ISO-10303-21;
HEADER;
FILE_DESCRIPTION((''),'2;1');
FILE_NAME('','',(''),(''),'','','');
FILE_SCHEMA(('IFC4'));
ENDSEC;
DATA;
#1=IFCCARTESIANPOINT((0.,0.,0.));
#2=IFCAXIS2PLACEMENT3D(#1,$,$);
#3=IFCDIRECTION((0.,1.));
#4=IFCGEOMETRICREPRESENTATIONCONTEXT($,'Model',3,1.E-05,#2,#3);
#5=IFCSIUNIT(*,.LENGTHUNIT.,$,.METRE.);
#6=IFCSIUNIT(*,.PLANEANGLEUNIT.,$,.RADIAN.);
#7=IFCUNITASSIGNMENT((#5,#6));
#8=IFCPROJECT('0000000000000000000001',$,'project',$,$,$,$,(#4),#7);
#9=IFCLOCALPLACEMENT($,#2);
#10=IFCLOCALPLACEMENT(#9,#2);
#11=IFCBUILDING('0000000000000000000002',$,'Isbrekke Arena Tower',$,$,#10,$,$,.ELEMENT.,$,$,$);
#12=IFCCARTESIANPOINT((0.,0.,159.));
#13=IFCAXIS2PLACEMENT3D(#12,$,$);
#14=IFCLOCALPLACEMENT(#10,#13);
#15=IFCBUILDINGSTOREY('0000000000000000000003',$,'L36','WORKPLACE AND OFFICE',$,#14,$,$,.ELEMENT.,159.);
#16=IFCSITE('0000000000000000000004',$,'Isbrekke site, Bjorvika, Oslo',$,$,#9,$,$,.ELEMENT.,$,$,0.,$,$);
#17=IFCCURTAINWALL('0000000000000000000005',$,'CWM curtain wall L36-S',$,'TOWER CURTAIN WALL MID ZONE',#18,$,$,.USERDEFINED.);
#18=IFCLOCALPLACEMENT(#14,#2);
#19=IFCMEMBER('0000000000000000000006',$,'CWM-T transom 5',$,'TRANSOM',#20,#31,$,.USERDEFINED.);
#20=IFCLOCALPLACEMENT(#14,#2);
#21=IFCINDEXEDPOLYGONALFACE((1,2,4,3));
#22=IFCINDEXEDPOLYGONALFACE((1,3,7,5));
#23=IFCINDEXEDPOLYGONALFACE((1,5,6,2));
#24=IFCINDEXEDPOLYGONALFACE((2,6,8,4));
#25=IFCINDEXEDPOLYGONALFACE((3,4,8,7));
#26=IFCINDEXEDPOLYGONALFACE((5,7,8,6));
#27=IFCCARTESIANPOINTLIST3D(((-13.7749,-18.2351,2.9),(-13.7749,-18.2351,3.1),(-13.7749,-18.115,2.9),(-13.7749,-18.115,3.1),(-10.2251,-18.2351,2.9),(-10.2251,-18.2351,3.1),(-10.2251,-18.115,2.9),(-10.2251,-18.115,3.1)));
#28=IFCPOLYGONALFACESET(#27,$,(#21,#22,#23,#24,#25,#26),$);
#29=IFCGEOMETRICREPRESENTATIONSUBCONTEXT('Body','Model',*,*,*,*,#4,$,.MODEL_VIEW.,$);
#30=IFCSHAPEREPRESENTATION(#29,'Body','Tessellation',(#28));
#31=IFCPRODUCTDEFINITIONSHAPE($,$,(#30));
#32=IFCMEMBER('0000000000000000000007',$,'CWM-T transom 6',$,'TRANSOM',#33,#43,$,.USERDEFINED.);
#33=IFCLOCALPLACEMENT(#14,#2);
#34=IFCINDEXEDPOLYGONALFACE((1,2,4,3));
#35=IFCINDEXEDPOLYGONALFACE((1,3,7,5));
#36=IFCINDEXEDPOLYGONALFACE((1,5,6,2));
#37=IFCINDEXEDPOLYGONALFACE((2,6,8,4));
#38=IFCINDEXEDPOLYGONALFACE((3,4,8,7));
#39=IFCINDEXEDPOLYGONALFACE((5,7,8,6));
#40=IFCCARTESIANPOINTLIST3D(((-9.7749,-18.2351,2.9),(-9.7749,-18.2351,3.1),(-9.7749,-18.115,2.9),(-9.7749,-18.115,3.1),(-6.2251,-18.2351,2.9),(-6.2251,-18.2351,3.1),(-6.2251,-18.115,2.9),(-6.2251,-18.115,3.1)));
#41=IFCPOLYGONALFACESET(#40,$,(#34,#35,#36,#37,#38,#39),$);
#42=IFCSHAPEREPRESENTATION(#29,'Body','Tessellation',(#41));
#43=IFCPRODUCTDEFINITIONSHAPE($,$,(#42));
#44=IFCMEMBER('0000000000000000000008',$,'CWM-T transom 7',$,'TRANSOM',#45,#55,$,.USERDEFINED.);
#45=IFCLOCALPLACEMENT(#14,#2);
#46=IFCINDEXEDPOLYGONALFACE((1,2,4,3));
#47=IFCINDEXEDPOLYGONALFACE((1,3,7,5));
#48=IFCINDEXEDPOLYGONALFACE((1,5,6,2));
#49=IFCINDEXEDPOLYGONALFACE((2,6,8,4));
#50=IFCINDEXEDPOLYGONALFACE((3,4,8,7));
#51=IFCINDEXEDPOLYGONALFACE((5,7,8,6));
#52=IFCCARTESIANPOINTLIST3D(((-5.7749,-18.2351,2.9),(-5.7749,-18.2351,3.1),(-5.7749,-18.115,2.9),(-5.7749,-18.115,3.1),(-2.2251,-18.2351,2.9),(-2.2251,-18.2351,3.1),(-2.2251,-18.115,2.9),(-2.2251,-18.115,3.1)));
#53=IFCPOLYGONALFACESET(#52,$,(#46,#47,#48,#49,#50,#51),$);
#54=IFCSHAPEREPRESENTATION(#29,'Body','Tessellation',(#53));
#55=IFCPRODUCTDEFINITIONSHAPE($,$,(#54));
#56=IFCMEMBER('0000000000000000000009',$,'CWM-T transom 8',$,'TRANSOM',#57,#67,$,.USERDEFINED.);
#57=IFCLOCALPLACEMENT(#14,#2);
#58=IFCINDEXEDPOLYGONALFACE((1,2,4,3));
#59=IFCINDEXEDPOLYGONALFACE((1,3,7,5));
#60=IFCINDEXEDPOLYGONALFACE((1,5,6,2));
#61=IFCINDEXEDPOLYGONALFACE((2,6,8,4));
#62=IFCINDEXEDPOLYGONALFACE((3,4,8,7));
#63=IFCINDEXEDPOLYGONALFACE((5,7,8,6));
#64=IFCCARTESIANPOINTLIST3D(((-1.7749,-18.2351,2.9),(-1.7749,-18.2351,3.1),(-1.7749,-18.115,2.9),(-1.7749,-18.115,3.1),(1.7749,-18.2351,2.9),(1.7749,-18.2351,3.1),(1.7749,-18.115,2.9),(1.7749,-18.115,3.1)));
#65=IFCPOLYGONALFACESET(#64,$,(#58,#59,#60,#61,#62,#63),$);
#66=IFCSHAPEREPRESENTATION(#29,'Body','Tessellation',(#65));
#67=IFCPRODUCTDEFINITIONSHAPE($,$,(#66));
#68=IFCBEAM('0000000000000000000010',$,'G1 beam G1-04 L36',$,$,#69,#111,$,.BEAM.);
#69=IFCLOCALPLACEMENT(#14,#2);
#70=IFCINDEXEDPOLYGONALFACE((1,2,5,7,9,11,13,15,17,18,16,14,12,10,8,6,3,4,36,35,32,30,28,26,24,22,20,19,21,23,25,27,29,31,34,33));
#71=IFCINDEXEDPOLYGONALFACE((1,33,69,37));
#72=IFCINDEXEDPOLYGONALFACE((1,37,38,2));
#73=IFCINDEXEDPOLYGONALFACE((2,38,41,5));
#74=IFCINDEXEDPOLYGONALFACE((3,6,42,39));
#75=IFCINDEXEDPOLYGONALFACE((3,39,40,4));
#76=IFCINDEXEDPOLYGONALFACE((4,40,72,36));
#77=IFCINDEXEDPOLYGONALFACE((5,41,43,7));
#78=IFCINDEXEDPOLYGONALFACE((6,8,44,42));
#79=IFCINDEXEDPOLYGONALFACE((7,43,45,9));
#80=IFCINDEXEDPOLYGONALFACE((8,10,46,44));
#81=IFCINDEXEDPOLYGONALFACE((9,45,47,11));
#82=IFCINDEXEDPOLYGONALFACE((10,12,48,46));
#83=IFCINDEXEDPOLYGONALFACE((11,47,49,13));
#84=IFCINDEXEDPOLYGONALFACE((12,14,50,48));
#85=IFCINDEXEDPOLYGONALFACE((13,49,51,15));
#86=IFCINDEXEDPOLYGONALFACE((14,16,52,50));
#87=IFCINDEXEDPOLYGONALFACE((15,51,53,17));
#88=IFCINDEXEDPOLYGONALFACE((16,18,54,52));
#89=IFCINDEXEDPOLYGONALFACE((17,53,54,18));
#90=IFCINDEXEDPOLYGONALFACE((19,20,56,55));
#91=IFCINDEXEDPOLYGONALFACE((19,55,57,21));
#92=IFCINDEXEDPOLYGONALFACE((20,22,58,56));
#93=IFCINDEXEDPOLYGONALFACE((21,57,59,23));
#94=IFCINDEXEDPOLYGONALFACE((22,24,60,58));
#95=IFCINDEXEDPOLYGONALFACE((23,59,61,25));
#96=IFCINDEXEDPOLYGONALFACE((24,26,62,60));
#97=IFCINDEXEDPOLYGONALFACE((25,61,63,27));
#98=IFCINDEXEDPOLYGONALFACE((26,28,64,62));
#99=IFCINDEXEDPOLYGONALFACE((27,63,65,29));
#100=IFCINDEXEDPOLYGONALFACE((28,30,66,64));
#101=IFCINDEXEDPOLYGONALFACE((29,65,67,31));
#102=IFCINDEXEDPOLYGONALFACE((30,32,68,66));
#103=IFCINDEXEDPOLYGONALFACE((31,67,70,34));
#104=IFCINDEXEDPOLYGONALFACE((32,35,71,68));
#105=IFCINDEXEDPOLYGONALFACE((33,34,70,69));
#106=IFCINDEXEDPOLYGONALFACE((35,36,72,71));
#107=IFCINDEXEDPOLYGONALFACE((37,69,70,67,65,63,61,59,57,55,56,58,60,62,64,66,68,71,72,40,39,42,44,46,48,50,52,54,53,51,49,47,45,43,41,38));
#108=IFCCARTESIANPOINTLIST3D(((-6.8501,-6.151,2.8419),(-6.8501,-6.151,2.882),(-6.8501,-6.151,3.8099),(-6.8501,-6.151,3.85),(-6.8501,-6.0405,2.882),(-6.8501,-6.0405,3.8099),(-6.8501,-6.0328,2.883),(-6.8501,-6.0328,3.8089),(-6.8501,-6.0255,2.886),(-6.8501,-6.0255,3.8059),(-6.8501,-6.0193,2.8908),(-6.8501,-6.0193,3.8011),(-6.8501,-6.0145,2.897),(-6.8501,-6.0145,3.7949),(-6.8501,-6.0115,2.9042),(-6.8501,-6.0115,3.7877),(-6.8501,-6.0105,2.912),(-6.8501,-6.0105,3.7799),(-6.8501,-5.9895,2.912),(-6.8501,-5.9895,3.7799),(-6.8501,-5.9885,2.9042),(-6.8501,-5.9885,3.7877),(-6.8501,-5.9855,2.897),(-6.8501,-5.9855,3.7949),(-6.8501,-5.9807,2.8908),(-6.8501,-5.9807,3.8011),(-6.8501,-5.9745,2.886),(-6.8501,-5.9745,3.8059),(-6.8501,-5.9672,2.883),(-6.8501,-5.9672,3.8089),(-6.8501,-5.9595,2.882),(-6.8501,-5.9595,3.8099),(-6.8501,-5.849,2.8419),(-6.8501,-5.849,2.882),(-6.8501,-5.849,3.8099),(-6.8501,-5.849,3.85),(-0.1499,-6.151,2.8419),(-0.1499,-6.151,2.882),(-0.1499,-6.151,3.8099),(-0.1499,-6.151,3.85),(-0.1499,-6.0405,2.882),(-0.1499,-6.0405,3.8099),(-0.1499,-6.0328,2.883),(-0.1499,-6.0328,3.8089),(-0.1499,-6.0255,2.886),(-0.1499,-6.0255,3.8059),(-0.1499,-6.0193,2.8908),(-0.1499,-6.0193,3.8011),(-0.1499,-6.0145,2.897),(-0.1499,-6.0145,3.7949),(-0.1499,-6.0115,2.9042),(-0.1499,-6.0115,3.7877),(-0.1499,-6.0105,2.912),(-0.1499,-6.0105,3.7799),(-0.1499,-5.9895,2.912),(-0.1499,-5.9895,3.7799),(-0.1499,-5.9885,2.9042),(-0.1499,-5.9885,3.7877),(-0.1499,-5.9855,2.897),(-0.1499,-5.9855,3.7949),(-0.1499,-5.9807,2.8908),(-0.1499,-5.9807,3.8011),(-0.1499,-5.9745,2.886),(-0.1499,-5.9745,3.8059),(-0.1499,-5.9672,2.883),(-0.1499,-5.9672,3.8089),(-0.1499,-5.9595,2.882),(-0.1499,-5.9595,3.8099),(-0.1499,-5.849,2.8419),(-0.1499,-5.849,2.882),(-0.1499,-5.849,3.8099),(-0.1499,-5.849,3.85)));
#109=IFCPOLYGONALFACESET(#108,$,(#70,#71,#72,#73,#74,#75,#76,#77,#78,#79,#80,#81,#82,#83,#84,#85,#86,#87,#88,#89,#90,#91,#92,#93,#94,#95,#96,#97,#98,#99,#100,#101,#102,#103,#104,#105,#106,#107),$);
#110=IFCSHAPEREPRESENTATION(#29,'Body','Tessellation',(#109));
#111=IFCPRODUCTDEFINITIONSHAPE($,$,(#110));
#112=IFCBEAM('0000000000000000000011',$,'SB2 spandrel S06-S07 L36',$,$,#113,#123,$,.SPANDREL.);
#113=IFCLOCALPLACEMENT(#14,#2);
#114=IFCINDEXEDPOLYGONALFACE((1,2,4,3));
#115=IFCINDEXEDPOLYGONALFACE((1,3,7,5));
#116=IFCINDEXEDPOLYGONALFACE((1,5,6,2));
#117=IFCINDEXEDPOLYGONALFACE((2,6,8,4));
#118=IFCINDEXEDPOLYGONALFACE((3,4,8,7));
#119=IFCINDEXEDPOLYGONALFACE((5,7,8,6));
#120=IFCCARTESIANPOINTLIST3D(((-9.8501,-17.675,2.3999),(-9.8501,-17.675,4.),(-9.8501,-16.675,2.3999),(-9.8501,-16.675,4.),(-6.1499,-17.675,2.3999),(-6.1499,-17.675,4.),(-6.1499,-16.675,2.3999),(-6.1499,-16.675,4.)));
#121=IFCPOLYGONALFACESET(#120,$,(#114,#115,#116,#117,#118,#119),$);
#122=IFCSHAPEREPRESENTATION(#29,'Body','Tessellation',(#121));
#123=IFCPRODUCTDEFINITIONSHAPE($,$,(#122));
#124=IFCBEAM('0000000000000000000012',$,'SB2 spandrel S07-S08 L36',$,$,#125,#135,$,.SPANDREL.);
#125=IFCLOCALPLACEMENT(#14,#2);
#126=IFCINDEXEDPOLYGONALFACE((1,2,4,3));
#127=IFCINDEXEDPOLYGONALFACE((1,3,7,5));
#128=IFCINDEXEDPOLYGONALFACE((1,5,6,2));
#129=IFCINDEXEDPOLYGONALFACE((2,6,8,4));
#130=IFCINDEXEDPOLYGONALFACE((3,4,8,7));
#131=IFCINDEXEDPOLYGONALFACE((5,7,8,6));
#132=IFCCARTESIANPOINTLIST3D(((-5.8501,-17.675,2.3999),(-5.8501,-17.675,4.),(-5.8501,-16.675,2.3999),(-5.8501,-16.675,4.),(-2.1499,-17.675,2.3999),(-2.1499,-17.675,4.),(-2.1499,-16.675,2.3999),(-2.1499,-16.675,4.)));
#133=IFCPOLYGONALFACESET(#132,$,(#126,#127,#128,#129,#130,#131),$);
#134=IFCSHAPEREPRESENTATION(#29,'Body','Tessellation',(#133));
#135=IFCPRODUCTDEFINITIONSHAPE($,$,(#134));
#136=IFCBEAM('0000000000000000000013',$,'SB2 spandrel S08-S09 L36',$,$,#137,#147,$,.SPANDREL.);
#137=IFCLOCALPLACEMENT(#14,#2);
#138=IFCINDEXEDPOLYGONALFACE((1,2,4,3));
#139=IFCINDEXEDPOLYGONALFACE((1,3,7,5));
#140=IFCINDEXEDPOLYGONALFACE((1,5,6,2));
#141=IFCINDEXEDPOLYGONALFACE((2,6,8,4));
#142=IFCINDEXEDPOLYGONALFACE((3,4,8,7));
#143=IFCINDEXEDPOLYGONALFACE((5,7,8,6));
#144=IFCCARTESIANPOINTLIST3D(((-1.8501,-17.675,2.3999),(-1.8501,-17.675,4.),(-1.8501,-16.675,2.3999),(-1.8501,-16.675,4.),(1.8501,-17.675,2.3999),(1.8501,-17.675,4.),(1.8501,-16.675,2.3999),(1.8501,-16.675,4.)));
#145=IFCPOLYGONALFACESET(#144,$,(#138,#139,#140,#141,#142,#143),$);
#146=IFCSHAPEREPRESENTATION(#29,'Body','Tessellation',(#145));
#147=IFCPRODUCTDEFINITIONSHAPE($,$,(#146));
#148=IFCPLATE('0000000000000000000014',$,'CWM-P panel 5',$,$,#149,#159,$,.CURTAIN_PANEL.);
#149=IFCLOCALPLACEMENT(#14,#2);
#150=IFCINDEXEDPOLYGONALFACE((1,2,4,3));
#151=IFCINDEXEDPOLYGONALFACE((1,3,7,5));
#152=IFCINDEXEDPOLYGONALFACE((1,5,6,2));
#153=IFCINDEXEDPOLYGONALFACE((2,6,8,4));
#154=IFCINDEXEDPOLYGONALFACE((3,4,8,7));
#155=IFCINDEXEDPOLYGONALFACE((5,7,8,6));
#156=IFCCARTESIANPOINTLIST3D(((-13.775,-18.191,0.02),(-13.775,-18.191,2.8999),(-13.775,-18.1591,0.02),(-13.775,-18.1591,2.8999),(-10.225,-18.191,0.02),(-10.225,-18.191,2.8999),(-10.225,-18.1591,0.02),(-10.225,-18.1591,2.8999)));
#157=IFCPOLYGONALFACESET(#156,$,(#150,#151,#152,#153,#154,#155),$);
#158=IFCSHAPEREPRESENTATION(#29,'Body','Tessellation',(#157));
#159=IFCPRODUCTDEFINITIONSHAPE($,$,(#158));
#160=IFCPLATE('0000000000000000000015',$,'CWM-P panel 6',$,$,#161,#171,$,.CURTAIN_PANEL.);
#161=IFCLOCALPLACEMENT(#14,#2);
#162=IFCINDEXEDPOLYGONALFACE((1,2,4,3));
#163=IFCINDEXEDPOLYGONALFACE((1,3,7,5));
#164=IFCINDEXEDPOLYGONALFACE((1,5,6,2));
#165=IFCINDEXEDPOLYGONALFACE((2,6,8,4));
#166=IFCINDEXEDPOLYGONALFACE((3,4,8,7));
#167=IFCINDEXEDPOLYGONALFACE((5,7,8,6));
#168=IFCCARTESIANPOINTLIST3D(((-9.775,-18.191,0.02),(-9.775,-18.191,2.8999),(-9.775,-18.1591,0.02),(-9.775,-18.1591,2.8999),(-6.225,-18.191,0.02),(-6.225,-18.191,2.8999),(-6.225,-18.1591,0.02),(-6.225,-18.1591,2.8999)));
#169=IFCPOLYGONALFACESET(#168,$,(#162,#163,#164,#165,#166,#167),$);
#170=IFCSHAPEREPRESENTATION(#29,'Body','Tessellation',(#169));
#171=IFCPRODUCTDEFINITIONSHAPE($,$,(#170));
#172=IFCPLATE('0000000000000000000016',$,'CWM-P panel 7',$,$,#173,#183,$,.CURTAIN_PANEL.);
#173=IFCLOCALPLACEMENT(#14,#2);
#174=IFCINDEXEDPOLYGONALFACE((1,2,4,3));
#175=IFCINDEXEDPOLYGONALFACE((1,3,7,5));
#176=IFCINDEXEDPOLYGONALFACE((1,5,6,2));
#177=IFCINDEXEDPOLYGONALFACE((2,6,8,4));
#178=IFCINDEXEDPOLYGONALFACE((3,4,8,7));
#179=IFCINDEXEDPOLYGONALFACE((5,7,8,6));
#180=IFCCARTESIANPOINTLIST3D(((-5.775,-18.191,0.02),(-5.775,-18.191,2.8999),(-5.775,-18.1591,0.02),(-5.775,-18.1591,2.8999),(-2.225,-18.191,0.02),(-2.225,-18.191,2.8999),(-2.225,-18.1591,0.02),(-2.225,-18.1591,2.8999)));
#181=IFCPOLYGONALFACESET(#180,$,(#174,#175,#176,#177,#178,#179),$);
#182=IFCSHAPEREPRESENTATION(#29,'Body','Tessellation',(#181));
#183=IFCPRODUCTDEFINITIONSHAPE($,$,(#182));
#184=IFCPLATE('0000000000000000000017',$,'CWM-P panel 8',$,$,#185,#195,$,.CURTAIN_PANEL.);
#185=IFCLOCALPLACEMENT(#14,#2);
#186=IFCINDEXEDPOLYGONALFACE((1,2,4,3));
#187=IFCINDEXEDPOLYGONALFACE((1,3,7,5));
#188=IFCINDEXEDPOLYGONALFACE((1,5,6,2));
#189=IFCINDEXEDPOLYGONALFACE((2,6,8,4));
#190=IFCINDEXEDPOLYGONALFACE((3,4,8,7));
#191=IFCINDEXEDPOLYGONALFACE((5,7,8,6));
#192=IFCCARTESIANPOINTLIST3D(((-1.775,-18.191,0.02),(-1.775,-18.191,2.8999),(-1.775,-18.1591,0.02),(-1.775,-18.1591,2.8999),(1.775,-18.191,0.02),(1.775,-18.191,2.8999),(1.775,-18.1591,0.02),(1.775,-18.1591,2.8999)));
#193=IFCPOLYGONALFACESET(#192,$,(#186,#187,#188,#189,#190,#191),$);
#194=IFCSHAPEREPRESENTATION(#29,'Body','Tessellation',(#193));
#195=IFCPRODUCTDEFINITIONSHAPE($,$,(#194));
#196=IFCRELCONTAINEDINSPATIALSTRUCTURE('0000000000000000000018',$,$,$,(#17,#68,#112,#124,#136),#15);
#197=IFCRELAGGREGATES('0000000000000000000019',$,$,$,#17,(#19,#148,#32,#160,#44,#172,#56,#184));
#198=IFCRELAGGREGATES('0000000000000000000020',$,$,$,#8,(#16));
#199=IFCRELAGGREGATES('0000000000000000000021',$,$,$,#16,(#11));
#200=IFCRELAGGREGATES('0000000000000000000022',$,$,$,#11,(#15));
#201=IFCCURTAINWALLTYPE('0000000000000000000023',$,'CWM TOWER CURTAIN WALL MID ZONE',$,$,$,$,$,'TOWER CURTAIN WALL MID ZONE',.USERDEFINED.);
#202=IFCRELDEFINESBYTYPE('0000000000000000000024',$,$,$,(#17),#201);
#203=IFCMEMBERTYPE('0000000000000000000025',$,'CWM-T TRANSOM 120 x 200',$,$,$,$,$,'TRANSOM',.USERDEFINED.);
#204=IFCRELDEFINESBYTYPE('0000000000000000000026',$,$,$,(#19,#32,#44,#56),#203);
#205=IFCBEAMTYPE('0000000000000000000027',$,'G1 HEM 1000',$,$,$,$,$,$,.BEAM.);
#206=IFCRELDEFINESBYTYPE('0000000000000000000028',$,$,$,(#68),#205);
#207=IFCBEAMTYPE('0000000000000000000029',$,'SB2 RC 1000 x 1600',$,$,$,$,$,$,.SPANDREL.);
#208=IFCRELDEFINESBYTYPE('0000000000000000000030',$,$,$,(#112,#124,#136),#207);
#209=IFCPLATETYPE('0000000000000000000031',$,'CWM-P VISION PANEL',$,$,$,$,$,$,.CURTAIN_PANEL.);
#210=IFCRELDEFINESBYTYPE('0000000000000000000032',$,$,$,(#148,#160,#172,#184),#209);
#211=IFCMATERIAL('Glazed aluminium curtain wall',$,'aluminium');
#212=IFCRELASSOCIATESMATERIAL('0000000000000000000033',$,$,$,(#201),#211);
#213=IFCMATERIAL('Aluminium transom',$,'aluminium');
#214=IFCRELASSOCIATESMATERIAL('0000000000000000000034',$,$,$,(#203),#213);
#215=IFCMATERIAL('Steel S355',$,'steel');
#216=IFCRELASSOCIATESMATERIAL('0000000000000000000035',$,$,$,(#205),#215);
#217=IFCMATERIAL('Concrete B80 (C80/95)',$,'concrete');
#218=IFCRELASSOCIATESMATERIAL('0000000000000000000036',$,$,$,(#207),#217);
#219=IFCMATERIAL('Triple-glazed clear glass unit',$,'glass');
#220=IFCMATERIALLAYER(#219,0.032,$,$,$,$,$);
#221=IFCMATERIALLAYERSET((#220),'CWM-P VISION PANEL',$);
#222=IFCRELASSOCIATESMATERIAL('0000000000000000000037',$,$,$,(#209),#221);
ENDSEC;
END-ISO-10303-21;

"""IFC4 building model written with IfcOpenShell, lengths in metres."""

from ifc_helpers import new_model, si_unit, direction, frame, origin, origin_2d, place, context, subcontext, project, spatial, rectangle, i_section, extrude, material, layer, layer_set, material_profile, profile_set, type_object, element, aggregate, save


model = new_model("IFC4")

# Units and contexts
model_context = context("Model", 3, precision=1e-05, world=origin(), true_north=direction((0.0, 1.0)))
body_context = subcontext(model_context, "Body", "Model", "MODEL_VIEW")
ifc_project = project(units=[si_unit("LENGTHUNIT", "METRE"), si_unit("PLANEANGLEUNIT", "RADIAN")], contexts=[model_context])

# Site, building, storey
site_placement = place(None, origin())
site = spatial("IfcSite", under=ifc_project, at=site_placement, Name="Isbrekke site, Bjorvika, Oslo", CompositionType="ELEMENT", RefElevation=0.0)
building_placement = place(site_placement, origin())
building = spatial("IfcBuilding", under=site, at=building_placement, Name="Isbrekke Arena Tower", CompositionType="ELEMENT")
storey_placement = place(building_placement, frame((0.0, 0.0, 159.0)))
storey = spatial("IfcBuildingStorey", under=building, at=storey_placement, Name="L36", Description="WORKPLACE AND OFFICE", CompositionType="ELEMENT", Elevation=159.0)

# Curtain wall, members
ifc_material_1 = material(Name="Glazed aluminium curtain wall", Category="aluminium")
curtain_wall_type = type_object("IfcCurtainWallType", Name="CWM TOWER CURTAIN WALL MID ZONE", ElementType="TOWER CURTAIN WALL MID ZONE", PredefinedType="USERDEFINED", material=ifc_material_1)
curtain_wall_placement = place(storey_placement, origin())
curtain_wall = element("IfcCurtainWall", 1, at=curtain_wall_placement, inside=storey, type_object=curtain_wall_type, Name="CWM curtain wall L36-S", ObjectType="TOWER CURTAIN WALL MID ZONE", PredefinedType="USERDEFINED")
ifc_material_2 = material(Name="Aluminium transom", Category="aluminium")
ifc_material_profile_1 = material_profile(ifc_material_2, rectangle(XDim=0.1201, YDim=0.2, at=origin_2d()), Name="TRANSOM 120X200")
ifc_profile_set_1 = profile_set([ifc_material_profile_1], Name="Aluminium transom")
member_type_1 = type_object("IfcMemberType", Name="CWM-T TRANSOM 120 x 200", ElementType="TRANSOM", PredefinedType="USERDEFINED", material=ifc_profile_set_1)
member_1_placement = place(storey_placement, frame((-13.7749, -18.175, 3.0), z_axis=(1.0, 0.0, 0.0), x_axis=(0.0, 1.0, 0.0)))
member_1 = element("IfcMember", 2, at=member_1_placement, type_object=member_type_1, Name="CWM-T transom 5", ObjectType="TRANSOM", PredefinedType="USERDEFINED", context=body_context, shape_type="SweptSolid", body=[
    extrude(rectangle(XDim=0.1201, YDim=0.2, at=origin_2d()), origin(), (0.0, 0.0, 1.0), 3.5498),
])
member_2_placement = place(storey_placement, frame((-9.7749, -18.175, 3.0), z_axis=(1.0, 0.0, 0.0), x_axis=(0.0, 1.0, 0.0)))
member_2 = element("IfcMember", 3, at=member_2_placement, type_object=member_type_1, Name="CWM-T transom 6", ObjectType="TRANSOM", PredefinedType="USERDEFINED", context=body_context, shape_type="SweptSolid", body=[
    extrude(rectangle(XDim=0.1201, YDim=0.2, at=origin_2d()), origin(), (0.0, 0.0, 1.0), 3.5498),
])
member_3_placement = place(storey_placement, frame((-5.7749, -18.175, 3.0), z_axis=(1.0, 0.0, 0.0), x_axis=(0.0, 1.0, 0.0)))
member_3 = element("IfcMember", 4, at=member_3_placement, type_object=member_type_1, Name="CWM-T transom 7", ObjectType="TRANSOM", PredefinedType="USERDEFINED", context=body_context, shape_type="SweptSolid", body=[
    extrude(rectangle(XDim=0.1201, YDim=0.2, at=origin_2d()), origin(), (0.0, 0.0, 1.0), 3.5498),
])
member_4_placement = place(storey_placement, frame((-1.7749, -18.175, 3.0), z_axis=(1.0, 0.0, 0.0), x_axis=(0.0, 1.0, 0.0)))
member_4 = element("IfcMember", 5, at=member_4_placement, type_object=member_type_1, Name="CWM-T transom 8", ObjectType="TRANSOM", PredefinedType="USERDEFINED", context=body_context, shape_type="SweptSolid", body=[
    extrude(rectangle(XDim=0.1201, YDim=0.2, at=origin_2d()), origin(), (0.0, 0.0, 1.0), 3.5498),
])

# Beams
ifc_material_3 = material(Name="Steel S355", Category="steel")
ifc_material_profile_2 = material_profile(ifc_material_3, i_section(OverallWidth=0.302, OverallDepth=1.0081, WebThickness=0.021, FlangeThickness=0.04, FilletRadius=0.03, at=origin_2d()), Name="HEM 1000")
ifc_profile_set_2 = profile_set([ifc_material_profile_2], Name="Steel S355")
beam_type_1 = type_object("IfcBeamType", Name="G1 HEM 1000", PredefinedType="BEAM", material=ifc_profile_set_2)
beam_1_placement = place(storey_placement, frame((-6.8501, -6.0, 3.3459), z_axis=(1.0, 0.0, 0.0), x_axis=(0.0, 1.0, 0.0)))
element("IfcBeam", 6, at=beam_1_placement, inside=storey, type_object=beam_type_1, Name="G1 beam G1-04 L36", PredefinedType="BEAM", context=body_context, shape_type="SweptSolid", body=[
    extrude(i_section(OverallWidth=0.302, OverallDepth=1.0081, WebThickness=0.021, FlangeThickness=0.04, FilletRadius=0.03, at=origin_2d()), origin(), (0.0, 0.0, 1.0), 6.7002),
])
ifc_material_4 = material(Name="Concrete B80 (C80/95)", Category="concrete")
ifc_material_profile_3 = material_profile(ifc_material_4, rectangle(XDim=1.0, YDim=1.6001, at=origin_2d()), Name="RC 1000x1600")
ifc_profile_set_3 = profile_set([ifc_material_profile_3], Name="Concrete B80 (C80/95)")
beam_type_2 = type_object("IfcBeamType", Name="SB2 RC 1000 x 1600", PredefinedType="SPANDREL", material=ifc_profile_set_3)
for number, where, z_axis, x_axis, name in (
    (7, (-9.8501, -17.175, 3.2), (1.0, 0.0, 0.0), (0.0, 1.0, 0.0), "SB2 spandrel S06-S07 L36"),
    (8, (-5.8501, -17.175, 3.2), (1.0, 0.0, 0.0), (0.0, 1.0, 0.0), "SB2 spandrel S07-S08 L36"),
    (9, (-1.8501, -17.175, 3.2), (1.0, 0.0, 0.0), (0.0, 1.0, 0.0), "SB2 spandrel S08-S09 L36"),
):
    element("IfcBeam", number, at=place(storey_placement, frame(where, z_axis=z_axis, x_axis=x_axis)), inside=storey, type_object=beam_type_2, Name=name, PredefinedType="SPANDREL", context=body_context, shape_type="SweptSolid", body=[
        extrude(rectangle(XDim=1.0, YDim=1.6001, at=origin_2d()), origin(), (0.0, 0.0, 1.0), 3.7002),
    ])

# Plates
ifc_material_5 = material(Name="Triple-glazed clear glass unit", Category="glass")
ifc_layer_1 = layer(ifc_material_5, 0.032)
ifc_layer_set_1 = layer_set([ifc_layer_1], Name="CWM-P VISION PANEL")
plate_type = type_object("IfcPlateType", Name="CWM-P VISION PANEL", PredefinedType="CURTAIN_PANEL", material=ifc_layer_set_1)
plate_1_placement = place(storey_placement, frame((-12.0, -18.175, 0.02), z_axis=(0.0, 0.0, 1.0), x_axis=(1.0, 0.0, 0.0)))
plate_1 = element("IfcPlate", 10, at=plate_1_placement, type_object=plate_type, Name="CWM-P panel 5", PredefinedType="CURTAIN_PANEL", context=body_context, shape_type="SweptSolid", body=[
    extrude(rectangle(XDim=3.55, YDim=0.032, at=origin_2d()), origin(), (0.0, 0.0, 1.0), 2.8799),
])
plate_2_placement = place(storey_placement, frame((-8.0, -18.175, 0.02), z_axis=(0.0, 0.0, 1.0), x_axis=(1.0, 0.0, 0.0)))
plate_2 = element("IfcPlate", 11, at=plate_2_placement, type_object=plate_type, Name="CWM-P panel 6", PredefinedType="CURTAIN_PANEL", context=body_context, shape_type="SweptSolid", body=[
    extrude(rectangle(XDim=3.55, YDim=0.032, at=origin_2d()), origin(), (0.0, 0.0, 1.0), 2.8799),
])
plate_3_placement = place(storey_placement, frame((-4.0, -18.175, 0.02), z_axis=(0.0, 0.0, 1.0), x_axis=(1.0, 0.0, 0.0)))
plate_3 = element("IfcPlate", 12, at=plate_3_placement, type_object=plate_type, Name="CWM-P panel 7", PredefinedType="CURTAIN_PANEL", context=body_context, shape_type="SweptSolid", body=[
    extrude(rectangle(XDim=3.55, YDim=0.032, at=origin_2d()), origin(), (0.0, 0.0, 1.0), 2.8799),
])
plate_4_placement = place(storey_placement, frame((0.0, -18.175, 0.02), z_axis=(0.0, 0.0, 1.0), x_axis=(1.0, 0.0, 0.0)))
plate_4 = element("IfcPlate", 13, at=plate_4_placement, type_object=plate_type, Name="CWM-P panel 8", PredefinedType="CURTAIN_PANEL", context=body_context, shape_type="SweptSolid", body=[
    extrude(rectangle(XDim=3.55, YDim=0.032, at=origin_2d()), origin(), (0.0, 0.0, 1.0), 2.8799),
])
aggregate(curtain_wall, [member_1, plate_1, member_2, plate_2, member_3, plate_3, member_4, plate_4])

save(model, "model.ifc")
